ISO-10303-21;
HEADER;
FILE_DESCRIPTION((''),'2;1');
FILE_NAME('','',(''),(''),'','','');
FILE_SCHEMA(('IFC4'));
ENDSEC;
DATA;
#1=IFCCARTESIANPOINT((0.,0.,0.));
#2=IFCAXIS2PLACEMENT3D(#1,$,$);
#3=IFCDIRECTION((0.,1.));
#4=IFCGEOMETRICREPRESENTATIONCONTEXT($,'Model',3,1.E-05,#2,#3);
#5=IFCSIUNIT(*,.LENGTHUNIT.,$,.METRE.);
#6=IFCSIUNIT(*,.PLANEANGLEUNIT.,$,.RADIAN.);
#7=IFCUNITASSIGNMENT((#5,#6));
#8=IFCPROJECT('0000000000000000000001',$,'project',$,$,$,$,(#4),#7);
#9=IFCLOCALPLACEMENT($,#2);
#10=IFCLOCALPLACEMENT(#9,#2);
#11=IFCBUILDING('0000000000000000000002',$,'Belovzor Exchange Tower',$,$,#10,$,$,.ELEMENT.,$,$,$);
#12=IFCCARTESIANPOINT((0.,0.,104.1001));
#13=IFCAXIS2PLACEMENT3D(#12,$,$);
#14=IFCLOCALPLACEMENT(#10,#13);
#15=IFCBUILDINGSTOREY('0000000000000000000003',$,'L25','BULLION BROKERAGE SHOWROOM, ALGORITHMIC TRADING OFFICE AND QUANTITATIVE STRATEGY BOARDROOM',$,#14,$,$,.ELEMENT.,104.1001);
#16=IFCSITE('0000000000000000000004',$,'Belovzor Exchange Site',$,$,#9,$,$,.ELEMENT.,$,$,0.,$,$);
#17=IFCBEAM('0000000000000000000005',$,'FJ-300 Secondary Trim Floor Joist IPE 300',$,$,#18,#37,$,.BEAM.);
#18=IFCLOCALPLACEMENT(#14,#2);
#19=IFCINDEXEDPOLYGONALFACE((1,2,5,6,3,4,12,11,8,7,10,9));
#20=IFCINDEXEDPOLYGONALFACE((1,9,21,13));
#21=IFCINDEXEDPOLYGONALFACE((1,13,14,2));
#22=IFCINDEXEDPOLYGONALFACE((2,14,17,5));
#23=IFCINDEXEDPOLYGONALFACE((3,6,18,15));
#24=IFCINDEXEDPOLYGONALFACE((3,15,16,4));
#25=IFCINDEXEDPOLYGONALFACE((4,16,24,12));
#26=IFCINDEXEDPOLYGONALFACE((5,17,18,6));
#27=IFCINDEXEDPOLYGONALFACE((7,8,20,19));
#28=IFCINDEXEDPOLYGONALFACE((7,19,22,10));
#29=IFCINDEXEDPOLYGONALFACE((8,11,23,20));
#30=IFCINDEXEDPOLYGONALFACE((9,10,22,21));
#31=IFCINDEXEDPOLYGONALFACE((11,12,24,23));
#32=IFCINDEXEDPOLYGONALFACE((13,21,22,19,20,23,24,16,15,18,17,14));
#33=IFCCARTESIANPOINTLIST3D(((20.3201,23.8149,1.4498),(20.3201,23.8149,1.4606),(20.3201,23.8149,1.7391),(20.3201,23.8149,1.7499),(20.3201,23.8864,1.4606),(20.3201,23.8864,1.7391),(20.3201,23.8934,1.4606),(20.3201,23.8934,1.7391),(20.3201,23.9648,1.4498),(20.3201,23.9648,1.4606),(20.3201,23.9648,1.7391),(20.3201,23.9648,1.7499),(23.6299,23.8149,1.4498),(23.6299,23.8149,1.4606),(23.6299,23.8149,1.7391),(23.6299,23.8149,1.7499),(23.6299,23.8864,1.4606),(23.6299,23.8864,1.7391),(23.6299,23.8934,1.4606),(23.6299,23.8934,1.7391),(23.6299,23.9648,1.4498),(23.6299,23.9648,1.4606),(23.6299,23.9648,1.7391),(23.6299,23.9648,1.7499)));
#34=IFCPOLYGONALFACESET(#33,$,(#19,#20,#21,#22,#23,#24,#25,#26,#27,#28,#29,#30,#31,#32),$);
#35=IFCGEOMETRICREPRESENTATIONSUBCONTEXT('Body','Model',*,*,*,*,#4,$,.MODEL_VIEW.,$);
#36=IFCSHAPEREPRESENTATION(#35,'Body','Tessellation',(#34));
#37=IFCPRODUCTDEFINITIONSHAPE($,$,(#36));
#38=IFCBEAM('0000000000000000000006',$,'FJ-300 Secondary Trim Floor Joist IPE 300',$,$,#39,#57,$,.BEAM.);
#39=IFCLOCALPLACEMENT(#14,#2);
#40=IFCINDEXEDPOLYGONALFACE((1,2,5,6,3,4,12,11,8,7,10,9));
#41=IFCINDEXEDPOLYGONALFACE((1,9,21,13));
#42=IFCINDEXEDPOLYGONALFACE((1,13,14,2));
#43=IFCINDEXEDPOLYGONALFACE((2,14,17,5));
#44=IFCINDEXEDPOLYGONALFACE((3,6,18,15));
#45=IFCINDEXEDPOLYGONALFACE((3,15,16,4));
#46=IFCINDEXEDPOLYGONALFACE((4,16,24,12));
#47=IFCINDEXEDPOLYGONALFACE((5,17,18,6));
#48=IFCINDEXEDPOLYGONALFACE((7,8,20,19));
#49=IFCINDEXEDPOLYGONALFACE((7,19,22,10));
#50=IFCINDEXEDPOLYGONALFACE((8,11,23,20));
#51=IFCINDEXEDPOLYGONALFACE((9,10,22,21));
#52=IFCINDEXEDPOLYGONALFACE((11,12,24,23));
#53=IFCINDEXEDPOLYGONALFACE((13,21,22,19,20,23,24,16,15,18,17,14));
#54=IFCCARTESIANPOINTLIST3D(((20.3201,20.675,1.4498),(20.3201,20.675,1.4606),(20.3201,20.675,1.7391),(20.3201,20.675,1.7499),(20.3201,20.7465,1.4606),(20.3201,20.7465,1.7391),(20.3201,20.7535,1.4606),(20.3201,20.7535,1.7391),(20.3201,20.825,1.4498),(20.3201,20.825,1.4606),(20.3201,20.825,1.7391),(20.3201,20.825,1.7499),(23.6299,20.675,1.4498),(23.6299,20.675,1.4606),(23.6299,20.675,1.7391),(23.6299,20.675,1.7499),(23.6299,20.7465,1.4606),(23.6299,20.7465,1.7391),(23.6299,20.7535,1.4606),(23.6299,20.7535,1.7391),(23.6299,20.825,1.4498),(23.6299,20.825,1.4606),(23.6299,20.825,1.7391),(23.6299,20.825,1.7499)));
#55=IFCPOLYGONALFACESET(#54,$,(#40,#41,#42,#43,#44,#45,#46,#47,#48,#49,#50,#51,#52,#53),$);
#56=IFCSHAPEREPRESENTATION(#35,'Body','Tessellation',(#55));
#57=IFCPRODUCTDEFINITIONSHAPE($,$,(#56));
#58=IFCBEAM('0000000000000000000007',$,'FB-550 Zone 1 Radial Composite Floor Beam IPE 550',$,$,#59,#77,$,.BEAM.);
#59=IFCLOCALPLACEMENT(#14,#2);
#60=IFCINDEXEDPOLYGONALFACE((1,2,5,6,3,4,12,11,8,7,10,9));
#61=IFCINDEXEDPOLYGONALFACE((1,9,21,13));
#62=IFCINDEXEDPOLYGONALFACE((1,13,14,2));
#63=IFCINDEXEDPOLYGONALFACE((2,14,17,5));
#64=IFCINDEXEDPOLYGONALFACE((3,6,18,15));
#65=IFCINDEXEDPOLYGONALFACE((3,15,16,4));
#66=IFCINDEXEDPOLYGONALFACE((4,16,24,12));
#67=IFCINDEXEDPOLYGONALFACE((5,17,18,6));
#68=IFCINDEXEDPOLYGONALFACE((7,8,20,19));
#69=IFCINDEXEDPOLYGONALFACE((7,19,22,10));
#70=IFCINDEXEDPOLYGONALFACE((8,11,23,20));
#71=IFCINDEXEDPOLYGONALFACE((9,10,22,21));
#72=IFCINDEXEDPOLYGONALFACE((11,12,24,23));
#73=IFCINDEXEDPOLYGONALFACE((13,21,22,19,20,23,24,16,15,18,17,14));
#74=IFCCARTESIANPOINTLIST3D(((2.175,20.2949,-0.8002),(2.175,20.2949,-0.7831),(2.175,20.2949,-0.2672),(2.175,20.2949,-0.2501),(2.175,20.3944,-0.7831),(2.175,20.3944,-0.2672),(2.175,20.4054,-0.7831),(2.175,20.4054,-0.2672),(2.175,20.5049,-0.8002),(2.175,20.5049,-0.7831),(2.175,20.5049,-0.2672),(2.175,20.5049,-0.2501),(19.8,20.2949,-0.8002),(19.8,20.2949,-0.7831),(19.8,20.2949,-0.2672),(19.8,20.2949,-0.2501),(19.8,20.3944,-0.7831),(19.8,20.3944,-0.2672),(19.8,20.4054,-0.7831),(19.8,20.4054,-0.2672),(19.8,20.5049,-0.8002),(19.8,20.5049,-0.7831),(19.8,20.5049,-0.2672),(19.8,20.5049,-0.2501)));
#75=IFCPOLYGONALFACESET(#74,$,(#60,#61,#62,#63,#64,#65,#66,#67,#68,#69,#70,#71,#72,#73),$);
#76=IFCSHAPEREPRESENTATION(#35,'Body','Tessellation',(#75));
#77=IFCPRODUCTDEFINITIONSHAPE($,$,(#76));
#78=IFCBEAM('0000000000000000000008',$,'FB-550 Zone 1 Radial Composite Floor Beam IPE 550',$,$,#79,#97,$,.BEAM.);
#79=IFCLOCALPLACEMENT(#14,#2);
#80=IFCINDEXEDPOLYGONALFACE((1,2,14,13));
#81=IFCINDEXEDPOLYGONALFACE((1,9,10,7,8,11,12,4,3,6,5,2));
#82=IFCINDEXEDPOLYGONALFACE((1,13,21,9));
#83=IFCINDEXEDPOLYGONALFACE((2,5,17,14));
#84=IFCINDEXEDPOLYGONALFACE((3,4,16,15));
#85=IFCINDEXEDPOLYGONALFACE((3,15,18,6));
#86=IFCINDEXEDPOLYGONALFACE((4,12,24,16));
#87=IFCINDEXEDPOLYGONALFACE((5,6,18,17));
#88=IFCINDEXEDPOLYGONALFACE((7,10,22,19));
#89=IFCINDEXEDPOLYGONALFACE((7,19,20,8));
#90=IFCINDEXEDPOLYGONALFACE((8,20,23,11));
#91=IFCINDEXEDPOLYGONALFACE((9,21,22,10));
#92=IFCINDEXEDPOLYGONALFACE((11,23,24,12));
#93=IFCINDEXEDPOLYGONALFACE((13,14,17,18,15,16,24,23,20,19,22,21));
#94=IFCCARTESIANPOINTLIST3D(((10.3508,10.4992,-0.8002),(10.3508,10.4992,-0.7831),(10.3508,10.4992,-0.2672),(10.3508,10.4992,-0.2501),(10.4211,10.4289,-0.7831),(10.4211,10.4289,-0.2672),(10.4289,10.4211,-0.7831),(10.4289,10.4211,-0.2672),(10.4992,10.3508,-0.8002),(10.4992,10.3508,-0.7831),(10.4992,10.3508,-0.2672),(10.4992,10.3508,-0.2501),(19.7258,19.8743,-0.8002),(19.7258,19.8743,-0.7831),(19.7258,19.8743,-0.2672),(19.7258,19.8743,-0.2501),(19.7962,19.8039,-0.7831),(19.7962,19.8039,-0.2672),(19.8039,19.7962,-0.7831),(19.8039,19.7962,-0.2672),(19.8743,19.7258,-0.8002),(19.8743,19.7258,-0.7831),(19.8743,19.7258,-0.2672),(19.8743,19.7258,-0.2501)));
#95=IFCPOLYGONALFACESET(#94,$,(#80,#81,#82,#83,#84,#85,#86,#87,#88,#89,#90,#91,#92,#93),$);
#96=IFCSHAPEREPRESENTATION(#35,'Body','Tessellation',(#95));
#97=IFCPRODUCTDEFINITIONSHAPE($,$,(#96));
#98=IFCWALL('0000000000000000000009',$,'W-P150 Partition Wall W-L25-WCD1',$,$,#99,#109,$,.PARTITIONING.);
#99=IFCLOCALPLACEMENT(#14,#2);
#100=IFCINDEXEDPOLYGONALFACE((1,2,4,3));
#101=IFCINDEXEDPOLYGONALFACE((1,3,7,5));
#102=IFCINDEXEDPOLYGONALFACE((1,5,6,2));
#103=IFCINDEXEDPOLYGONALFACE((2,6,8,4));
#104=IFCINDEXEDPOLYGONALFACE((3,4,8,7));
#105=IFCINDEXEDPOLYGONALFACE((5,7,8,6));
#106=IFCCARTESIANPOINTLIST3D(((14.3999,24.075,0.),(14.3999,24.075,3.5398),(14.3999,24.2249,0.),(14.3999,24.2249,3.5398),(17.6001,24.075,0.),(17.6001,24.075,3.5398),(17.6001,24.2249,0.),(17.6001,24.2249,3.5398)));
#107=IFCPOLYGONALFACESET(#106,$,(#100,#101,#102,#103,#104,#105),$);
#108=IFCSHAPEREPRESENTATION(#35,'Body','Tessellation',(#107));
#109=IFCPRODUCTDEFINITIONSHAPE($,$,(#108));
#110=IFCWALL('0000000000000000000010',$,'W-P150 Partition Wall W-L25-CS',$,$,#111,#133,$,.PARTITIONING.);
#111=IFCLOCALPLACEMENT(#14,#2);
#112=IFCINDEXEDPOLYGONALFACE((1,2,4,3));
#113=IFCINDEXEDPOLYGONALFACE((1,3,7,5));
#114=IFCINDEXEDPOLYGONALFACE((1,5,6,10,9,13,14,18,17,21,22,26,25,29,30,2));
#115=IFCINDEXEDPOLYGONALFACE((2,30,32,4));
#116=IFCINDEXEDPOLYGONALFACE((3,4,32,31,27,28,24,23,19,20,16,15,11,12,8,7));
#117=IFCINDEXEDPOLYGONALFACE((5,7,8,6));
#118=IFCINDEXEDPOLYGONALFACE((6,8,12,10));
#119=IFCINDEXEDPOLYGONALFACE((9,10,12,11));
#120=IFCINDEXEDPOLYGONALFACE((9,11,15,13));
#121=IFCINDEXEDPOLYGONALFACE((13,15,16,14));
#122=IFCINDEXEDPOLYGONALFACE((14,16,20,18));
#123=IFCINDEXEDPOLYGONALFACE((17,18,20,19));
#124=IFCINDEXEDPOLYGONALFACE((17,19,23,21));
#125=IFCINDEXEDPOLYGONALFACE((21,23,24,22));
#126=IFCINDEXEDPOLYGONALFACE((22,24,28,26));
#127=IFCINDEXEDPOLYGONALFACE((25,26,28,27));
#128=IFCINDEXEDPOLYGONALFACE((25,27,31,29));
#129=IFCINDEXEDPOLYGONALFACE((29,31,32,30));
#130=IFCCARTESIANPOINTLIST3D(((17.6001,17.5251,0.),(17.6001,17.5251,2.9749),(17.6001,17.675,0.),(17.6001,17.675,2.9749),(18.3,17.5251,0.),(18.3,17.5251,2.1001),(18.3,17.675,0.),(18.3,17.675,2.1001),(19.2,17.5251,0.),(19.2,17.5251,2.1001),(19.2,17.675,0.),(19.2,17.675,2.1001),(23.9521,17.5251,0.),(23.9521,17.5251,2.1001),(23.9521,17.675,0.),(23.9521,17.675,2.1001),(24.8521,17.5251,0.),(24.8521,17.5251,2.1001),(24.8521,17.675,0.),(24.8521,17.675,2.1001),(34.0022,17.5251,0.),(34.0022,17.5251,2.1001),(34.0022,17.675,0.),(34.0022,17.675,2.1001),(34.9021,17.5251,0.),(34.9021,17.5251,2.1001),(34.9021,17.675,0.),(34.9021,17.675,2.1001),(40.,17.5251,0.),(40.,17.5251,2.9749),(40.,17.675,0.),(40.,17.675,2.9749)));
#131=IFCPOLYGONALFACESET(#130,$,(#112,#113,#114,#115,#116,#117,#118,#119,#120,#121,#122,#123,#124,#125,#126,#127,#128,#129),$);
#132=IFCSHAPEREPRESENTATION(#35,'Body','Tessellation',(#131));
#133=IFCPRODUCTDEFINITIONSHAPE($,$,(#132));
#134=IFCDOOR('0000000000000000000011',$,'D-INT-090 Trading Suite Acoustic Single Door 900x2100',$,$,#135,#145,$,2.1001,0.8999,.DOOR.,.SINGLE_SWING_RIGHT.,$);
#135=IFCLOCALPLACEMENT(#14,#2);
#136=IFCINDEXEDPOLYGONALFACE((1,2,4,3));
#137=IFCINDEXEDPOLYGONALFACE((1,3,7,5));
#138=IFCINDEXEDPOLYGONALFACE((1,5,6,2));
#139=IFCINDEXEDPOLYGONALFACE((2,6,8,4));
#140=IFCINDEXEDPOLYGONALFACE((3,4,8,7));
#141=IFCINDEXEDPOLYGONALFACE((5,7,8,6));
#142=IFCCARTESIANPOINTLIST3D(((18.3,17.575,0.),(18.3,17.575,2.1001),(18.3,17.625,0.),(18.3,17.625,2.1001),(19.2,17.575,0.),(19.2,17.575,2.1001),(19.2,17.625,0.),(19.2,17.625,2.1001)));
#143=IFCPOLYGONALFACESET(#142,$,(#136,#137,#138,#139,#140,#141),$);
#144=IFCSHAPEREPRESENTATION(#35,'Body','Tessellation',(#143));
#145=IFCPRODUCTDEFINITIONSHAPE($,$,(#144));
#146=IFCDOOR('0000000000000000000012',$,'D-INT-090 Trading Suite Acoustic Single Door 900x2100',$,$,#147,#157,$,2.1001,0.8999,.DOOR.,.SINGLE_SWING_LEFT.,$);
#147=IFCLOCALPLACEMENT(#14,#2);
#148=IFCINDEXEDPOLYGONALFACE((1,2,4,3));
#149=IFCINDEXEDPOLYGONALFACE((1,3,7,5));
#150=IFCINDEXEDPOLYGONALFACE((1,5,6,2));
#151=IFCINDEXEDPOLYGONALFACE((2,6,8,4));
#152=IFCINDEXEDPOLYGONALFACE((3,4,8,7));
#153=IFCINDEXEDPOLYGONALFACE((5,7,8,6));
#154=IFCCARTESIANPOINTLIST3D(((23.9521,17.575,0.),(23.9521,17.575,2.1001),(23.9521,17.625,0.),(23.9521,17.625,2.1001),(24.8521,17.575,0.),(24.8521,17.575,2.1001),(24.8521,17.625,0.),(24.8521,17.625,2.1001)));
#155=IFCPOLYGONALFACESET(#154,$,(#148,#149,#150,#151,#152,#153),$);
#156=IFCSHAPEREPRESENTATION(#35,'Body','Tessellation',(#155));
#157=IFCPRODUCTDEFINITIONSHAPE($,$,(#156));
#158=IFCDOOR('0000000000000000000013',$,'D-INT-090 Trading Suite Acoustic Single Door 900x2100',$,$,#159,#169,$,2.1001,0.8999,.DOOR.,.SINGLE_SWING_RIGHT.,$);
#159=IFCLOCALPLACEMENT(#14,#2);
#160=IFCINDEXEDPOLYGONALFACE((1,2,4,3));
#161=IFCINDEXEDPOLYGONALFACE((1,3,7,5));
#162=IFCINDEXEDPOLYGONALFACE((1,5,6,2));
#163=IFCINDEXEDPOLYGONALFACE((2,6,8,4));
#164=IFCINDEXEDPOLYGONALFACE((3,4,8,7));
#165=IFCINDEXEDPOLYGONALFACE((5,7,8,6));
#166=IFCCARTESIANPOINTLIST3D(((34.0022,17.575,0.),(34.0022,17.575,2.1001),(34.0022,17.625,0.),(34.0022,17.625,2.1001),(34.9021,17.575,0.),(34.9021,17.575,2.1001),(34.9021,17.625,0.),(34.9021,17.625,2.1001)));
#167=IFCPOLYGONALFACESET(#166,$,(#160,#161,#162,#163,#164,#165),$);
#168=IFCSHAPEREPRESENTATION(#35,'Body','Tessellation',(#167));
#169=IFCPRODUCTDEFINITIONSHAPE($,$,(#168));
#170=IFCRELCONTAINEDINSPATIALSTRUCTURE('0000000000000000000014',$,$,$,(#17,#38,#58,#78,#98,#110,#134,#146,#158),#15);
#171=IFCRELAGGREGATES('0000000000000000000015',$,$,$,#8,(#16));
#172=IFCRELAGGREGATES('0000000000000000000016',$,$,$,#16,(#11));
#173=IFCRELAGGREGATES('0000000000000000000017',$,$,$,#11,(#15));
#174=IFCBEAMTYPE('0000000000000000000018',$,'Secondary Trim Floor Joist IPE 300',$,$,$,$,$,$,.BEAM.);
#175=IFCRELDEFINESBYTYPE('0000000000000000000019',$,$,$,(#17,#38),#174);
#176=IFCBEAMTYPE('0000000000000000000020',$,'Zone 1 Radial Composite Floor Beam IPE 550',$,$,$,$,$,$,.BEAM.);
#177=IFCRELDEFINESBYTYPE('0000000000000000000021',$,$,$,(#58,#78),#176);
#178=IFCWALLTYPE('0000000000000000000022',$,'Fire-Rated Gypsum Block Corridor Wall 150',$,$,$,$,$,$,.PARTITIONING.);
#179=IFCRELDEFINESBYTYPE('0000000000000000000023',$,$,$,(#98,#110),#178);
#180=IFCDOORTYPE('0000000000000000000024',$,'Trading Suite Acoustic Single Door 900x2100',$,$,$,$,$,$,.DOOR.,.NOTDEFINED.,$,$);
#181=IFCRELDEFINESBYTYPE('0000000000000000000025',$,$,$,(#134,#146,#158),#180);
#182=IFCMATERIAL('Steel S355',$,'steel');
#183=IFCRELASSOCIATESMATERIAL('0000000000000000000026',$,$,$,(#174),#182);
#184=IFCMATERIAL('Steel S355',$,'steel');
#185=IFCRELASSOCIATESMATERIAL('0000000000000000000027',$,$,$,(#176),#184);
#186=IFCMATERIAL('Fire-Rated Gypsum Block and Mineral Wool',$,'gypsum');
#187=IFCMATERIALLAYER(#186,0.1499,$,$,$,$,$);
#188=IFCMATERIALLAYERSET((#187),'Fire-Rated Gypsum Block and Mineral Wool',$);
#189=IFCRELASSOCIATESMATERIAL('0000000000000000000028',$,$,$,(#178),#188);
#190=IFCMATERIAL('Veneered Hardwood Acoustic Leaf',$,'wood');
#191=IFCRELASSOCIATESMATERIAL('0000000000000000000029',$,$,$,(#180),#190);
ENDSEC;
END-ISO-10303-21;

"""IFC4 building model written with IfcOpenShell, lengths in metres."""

from ifc_helpers import new_model, si_unit, direction, frame, frame_2d, origin, origin_2d, place, context, subcontext, project, spatial, rectangle, i_section, extrude, material, layer, layer_set, material_profile, profile_set, type_object, element, fill, save


model = new_model("IFC4")

# Units and contexts
model_context = context("Model", 3, precision=1e-05, world=origin(), true_north=direction((0.0, 1.0)))
body_context = subcontext(model_context, "Body", "Model", "MODEL_VIEW")
ifc_project = project(units=[si_unit("LENGTHUNIT", "METRE"), si_unit("PLANEANGLEUNIT", "RADIAN")], contexts=[model_context])

# Site, building, storey
site_placement = place(None, origin())
site = spatial("IfcSite", under=ifc_project, at=site_placement, Name="Belovzor Exchange Site", CompositionType="ELEMENT", RefElevation=0.0)
building_placement = place(site_placement, origin())
building = spatial("IfcBuilding", under=site, at=building_placement, Name="Belovzor Exchange Tower", CompositionType="ELEMENT")
storey_placement = place(building_placement, frame((0.0, 0.0, 104.1001)))
storey = spatial("IfcBuildingStorey", under=building, at=storey_placement, Name="L25", Description="BULLION BROKERAGE SHOWROOM, ALGORITHMIC TRADING OFFICE AND QUANTITATIVE STRATEGY BOARDROOM", CompositionType="ELEMENT", Elevation=104.1001)

# Beams
ifc_material_1 = material(Name="Steel S355", Category="steel")
ifc_material_profile_1 = material_profile(ifc_material_1, i_section(OverallWidth=0.1499, OverallDepth=0.3, WebThickness=0.0071, FlangeThickness=0.0107, at=origin_2d()))
ifc_profile_set_1 = profile_set([ifc_material_profile_1], Name="Steel S355")
beam_type_1 = type_object("IfcBeamType", Name="Secondary Trim Floor Joist IPE 300", PredefinedType="BEAM", material=ifc_profile_set_1)
for number, where, z_axis, x_axis, name in (
    (1, (20.3201, 23.8899, 1.5999), (1.0, 0.0, 0.0), (0.0, 1.0, 0.0), "FJ-300 Secondary Trim Floor Joist IPE 300"),
    (2, (20.3201, 20.75, 1.5999), (1.0, 0.0, 0.0), (0.0, 1.0, 0.0), "FJ-300 Secondary Trim Floor Joist IPE 300"),
):
    element("IfcBeam", number, at=place(storey_placement, frame(where, z_axis=z_axis, x_axis=x_axis)), inside=storey, type_object=beam_type_1, Name=name, PredefinedType="BEAM", context=body_context, shape_type="SweptSolid", body=[
        extrude(i_section(OverallWidth=0.1499, OverallDepth=0.3, WebThickness=0.0071, FlangeThickness=0.0107, at=origin_2d()), origin(), (0.0, 0.0, 1.0), 3.3098),
    ])
ifc_material_2 = material(Name="Steel S355", Category="steel")
ifc_material_profile_2 = material_profile(ifc_material_2, i_section(OverallWidth=0.21, OverallDepth=0.55, WebThickness=0.011, FlangeThickness=0.0171, at=origin_2d()))
ifc_profile_set_2 = profile_set([ifc_material_profile_2], Name="Steel S355")
beam_type_2 = type_object("IfcBeamType", Name="Zone 1 Radial Composite Floor Beam IPE 550", PredefinedType="BEAM", material=ifc_profile_set_2)
beam_1_placement = place(storey_placement, frame((19.8, 20.3999, -0.5251), z_axis=(-1.0, 0.0, 0.0), x_axis=(0.0, -1.0, 0.0)))
element("IfcBeam", 3, at=beam_1_placement, inside=storey, type_object=beam_type_2, Name="FB-550 Zone 1 Radial Composite Floor Beam IPE 550", PredefinedType="BEAM", context=body_context, shape_type="SweptSolid", body=[
    extrude(i_section(OverallWidth=0.21, OverallDepth=0.55, WebThickness=0.011, FlangeThickness=0.0171, at=origin_2d()), origin(), (0.0, 0.0, 1.0), 17.625),
])
beam_2_placement = place(storey_placement, frame((19.8, 19.8, -0.5251), z_axis=(-0.707107, -0.707107, 0.0), x_axis=(0.707107, -0.707107, 0.0)))
element("IfcBeam", 4, at=beam_2_placement, inside=storey, type_object=beam_type_2, Name="FB-550 Zone 1 Radial Composite Floor Beam IPE 550", PredefinedType="BEAM", context=body_context, shape_type="SweptSolid", body=[
    extrude(i_section(OverallWidth=0.21, OverallDepth=0.55, WebThickness=0.011, FlangeThickness=0.0171, at=origin_2d()), origin(), (0.0, 0.0, 1.0), 13.2583),
])

# Wall
ifc_material_3 = material(Name="Fire-Rated Gypsum Block and Mineral Wool", Category="gypsum")
ifc_layer_1 = layer(ifc_material_3, 0.1499)
ifc_layer_set_1 = layer_set([ifc_layer_1], Name="Fire-Rated Gypsum Block and Mineral Wool")
wall_type_1 = type_object("IfcWallType", Name="Fire-Rated Gypsum Block Corridor Wall 150", PredefinedType="PARTITIONING", material=ifc_layer_set_1)
wall_1_placement = place(storey_placement, frame((14.3999, 24.1499, 0.0), z_axis=(0.0, 0.0, 1.0), x_axis=(1.0, 0.0, 0.0)))
element("IfcWall", 5, at=wall_1_placement, inside=storey, type_object=wall_type_1, Name="W-P150 Partition Wall W-L25-WCD1", PredefinedType="PARTITIONING", context=body_context, shape_type="SweptSolid", body=[
    extrude(rectangle(XDim=3.2002, YDim=0.1499, at=frame_2d((1.6001, 0.0))), origin(), (0.0, 0.0, 1.0), 3.5398),
])

# Wall, openings, doors
wall_2_placement = place(storey_placement, frame((17.6001, 17.6001, 0.0), z_axis=(0.0, 0.0, 1.0), x_axis=(1.0, 0.0, 0.0)))
wall_2 = element("IfcWall", 6, at=wall_2_placement, inside=storey, type_object=wall_type_1, Name="W-P150 Partition Wall W-L25-CS", PredefinedType="PARTITIONING", context=body_context, shape_type="SweptSolid", body=[
    extrude(rectangle(XDim=22.3999, YDim=0.1499, at=frame_2d((11.2, 0.0))), origin(), (0.0, 0.0, 1.0), 2.9749),
])
opening_1_placement = place(wall_2_placement, frame((0.7, 0.0, 0.0)))
opening_1 = element("IfcOpeningElement", 7, at=opening_1_placement, cuts=wall_2, PredefinedType="OPENING", context=body_context, shape_type="SweptSolid", body=[
    extrude(rectangle(XDim=0.8999, YDim=2.1001, at=frame_2d((0.45, 1.05))), frame((0.0, 0.085, 0.0), z_axis=(0.0, -1.0, 0.0), x_axis=(1.0, 0.0, 0.0)), (0.0, 0.0, 1.0), 0.1699),
])
opening_2_placement = place(wall_2_placement, frame((6.3521, 0.0, 0.0)))
opening_2 = element("IfcOpeningElement", 8, at=opening_2_placement, cuts=wall_2, PredefinedType="OPENING", context=body_context, shape_type="SweptSolid", body=[
    extrude(rectangle(XDim=0.8999, YDim=2.1001, at=frame_2d((0.45, 1.05))), frame((0.0, 0.085, 0.0), z_axis=(0.0, -1.0, 0.0), x_axis=(1.0, 0.0, 0.0)), (0.0, 0.0, 1.0), 0.1699),
])
opening_3_placement = place(wall_2_placement, frame((16.4021, 0.0, 0.0)))
opening_3 = element("IfcOpeningElement", 9, at=opening_3_placement, cuts=wall_2, PredefinedType="OPENING", context=body_context, shape_type="SweptSolid", body=[
    extrude(rectangle(XDim=0.8999, YDim=2.1001, at=frame_2d((0.45, 1.05))), frame((0.0, 0.085, 0.0), z_axis=(0.0, -1.0, 0.0), x_axis=(1.0, 0.0, 0.0)), (0.0, 0.0, 1.0), 0.1699),
])
ifc_material_4 = material(Name="Veneered Hardwood Acoustic Leaf", Category="wood")
door_type_1 = type_object("IfcDoorType", Name="Trading Suite Acoustic Single Door 900x2100", OperationType="NOTDEFINED", PredefinedType="DOOR", material=ifc_material_4)
door_1_placement = place(opening_1_placement, origin())
door_1 = element("IfcDoor", 10, at=door_1_placement, inside=storey, type_object=door_type_1, Name="D-INT-090 Trading Suite Acoustic Single Door 900x2100", OperationType="SINGLE_SWING_RIGHT", OverallHeight=2.1001, OverallWidth=0.8999, PredefinedType="DOOR", context=body_context, shape_type="SweptSolid", body=[
    extrude(rectangle(XDim=0.8999, YDim=2.1001, at=frame_2d((0.45, 1.05))), frame((0.0, 0.0249, 0.0), z_axis=(0.0, -1.0, 0.0), x_axis=(1.0, 0.0, 0.0)), (0.0, 0.0, 1.0), 0.05),
])
fill(opening_1, door_1)
door_2_placement = place(opening_2_placement, origin())
door_2 = element("IfcDoor", 11, at=door_2_placement, inside=storey, type_object=door_type_1, Name="D-INT-090 Trading Suite Acoustic Single Door 900x2100", OperationType="SINGLE_SWING_LEFT", OverallHeight=2.1001, OverallWidth=0.8999, PredefinedType="DOOR", context=body_context, shape_type="SweptSolid", body=[
    extrude(rectangle(XDim=0.8999, YDim=2.1001, at=frame_2d((0.45, 1.05))), frame((0.0, 0.0249, 0.0), z_axis=(0.0, -1.0, 0.0), x_axis=(1.0, 0.0, 0.0)), (0.0, 0.0, 1.0), 0.05),
])
fill(opening_2, door_2)
door_3_placement = place(opening_3_placement, origin())
door_3 = element("IfcDoor", 12, at=door_3_placement, inside=storey, type_object=door_type_1, Name="D-INT-090 Trading Suite Acoustic Single Door 900x2100", OperationType="SINGLE_SWING_RIGHT", OverallHeight=2.1001, OverallWidth=0.8999, PredefinedType="DOOR", context=body_context, shape_type="SweptSolid", body=[
    extrude(rectangle(XDim=0.8999, YDim=2.1001, at=frame_2d((0.45, 1.05))), frame((0.0, 0.0249, 0.0), z_axis=(0.0, -1.0, 0.0), x_axis=(1.0, 0.0, 0.0)), (0.0, 0.0, 1.0), 0.05),
])
fill(opening_3, door_3)

save(model, "model.ifc")
